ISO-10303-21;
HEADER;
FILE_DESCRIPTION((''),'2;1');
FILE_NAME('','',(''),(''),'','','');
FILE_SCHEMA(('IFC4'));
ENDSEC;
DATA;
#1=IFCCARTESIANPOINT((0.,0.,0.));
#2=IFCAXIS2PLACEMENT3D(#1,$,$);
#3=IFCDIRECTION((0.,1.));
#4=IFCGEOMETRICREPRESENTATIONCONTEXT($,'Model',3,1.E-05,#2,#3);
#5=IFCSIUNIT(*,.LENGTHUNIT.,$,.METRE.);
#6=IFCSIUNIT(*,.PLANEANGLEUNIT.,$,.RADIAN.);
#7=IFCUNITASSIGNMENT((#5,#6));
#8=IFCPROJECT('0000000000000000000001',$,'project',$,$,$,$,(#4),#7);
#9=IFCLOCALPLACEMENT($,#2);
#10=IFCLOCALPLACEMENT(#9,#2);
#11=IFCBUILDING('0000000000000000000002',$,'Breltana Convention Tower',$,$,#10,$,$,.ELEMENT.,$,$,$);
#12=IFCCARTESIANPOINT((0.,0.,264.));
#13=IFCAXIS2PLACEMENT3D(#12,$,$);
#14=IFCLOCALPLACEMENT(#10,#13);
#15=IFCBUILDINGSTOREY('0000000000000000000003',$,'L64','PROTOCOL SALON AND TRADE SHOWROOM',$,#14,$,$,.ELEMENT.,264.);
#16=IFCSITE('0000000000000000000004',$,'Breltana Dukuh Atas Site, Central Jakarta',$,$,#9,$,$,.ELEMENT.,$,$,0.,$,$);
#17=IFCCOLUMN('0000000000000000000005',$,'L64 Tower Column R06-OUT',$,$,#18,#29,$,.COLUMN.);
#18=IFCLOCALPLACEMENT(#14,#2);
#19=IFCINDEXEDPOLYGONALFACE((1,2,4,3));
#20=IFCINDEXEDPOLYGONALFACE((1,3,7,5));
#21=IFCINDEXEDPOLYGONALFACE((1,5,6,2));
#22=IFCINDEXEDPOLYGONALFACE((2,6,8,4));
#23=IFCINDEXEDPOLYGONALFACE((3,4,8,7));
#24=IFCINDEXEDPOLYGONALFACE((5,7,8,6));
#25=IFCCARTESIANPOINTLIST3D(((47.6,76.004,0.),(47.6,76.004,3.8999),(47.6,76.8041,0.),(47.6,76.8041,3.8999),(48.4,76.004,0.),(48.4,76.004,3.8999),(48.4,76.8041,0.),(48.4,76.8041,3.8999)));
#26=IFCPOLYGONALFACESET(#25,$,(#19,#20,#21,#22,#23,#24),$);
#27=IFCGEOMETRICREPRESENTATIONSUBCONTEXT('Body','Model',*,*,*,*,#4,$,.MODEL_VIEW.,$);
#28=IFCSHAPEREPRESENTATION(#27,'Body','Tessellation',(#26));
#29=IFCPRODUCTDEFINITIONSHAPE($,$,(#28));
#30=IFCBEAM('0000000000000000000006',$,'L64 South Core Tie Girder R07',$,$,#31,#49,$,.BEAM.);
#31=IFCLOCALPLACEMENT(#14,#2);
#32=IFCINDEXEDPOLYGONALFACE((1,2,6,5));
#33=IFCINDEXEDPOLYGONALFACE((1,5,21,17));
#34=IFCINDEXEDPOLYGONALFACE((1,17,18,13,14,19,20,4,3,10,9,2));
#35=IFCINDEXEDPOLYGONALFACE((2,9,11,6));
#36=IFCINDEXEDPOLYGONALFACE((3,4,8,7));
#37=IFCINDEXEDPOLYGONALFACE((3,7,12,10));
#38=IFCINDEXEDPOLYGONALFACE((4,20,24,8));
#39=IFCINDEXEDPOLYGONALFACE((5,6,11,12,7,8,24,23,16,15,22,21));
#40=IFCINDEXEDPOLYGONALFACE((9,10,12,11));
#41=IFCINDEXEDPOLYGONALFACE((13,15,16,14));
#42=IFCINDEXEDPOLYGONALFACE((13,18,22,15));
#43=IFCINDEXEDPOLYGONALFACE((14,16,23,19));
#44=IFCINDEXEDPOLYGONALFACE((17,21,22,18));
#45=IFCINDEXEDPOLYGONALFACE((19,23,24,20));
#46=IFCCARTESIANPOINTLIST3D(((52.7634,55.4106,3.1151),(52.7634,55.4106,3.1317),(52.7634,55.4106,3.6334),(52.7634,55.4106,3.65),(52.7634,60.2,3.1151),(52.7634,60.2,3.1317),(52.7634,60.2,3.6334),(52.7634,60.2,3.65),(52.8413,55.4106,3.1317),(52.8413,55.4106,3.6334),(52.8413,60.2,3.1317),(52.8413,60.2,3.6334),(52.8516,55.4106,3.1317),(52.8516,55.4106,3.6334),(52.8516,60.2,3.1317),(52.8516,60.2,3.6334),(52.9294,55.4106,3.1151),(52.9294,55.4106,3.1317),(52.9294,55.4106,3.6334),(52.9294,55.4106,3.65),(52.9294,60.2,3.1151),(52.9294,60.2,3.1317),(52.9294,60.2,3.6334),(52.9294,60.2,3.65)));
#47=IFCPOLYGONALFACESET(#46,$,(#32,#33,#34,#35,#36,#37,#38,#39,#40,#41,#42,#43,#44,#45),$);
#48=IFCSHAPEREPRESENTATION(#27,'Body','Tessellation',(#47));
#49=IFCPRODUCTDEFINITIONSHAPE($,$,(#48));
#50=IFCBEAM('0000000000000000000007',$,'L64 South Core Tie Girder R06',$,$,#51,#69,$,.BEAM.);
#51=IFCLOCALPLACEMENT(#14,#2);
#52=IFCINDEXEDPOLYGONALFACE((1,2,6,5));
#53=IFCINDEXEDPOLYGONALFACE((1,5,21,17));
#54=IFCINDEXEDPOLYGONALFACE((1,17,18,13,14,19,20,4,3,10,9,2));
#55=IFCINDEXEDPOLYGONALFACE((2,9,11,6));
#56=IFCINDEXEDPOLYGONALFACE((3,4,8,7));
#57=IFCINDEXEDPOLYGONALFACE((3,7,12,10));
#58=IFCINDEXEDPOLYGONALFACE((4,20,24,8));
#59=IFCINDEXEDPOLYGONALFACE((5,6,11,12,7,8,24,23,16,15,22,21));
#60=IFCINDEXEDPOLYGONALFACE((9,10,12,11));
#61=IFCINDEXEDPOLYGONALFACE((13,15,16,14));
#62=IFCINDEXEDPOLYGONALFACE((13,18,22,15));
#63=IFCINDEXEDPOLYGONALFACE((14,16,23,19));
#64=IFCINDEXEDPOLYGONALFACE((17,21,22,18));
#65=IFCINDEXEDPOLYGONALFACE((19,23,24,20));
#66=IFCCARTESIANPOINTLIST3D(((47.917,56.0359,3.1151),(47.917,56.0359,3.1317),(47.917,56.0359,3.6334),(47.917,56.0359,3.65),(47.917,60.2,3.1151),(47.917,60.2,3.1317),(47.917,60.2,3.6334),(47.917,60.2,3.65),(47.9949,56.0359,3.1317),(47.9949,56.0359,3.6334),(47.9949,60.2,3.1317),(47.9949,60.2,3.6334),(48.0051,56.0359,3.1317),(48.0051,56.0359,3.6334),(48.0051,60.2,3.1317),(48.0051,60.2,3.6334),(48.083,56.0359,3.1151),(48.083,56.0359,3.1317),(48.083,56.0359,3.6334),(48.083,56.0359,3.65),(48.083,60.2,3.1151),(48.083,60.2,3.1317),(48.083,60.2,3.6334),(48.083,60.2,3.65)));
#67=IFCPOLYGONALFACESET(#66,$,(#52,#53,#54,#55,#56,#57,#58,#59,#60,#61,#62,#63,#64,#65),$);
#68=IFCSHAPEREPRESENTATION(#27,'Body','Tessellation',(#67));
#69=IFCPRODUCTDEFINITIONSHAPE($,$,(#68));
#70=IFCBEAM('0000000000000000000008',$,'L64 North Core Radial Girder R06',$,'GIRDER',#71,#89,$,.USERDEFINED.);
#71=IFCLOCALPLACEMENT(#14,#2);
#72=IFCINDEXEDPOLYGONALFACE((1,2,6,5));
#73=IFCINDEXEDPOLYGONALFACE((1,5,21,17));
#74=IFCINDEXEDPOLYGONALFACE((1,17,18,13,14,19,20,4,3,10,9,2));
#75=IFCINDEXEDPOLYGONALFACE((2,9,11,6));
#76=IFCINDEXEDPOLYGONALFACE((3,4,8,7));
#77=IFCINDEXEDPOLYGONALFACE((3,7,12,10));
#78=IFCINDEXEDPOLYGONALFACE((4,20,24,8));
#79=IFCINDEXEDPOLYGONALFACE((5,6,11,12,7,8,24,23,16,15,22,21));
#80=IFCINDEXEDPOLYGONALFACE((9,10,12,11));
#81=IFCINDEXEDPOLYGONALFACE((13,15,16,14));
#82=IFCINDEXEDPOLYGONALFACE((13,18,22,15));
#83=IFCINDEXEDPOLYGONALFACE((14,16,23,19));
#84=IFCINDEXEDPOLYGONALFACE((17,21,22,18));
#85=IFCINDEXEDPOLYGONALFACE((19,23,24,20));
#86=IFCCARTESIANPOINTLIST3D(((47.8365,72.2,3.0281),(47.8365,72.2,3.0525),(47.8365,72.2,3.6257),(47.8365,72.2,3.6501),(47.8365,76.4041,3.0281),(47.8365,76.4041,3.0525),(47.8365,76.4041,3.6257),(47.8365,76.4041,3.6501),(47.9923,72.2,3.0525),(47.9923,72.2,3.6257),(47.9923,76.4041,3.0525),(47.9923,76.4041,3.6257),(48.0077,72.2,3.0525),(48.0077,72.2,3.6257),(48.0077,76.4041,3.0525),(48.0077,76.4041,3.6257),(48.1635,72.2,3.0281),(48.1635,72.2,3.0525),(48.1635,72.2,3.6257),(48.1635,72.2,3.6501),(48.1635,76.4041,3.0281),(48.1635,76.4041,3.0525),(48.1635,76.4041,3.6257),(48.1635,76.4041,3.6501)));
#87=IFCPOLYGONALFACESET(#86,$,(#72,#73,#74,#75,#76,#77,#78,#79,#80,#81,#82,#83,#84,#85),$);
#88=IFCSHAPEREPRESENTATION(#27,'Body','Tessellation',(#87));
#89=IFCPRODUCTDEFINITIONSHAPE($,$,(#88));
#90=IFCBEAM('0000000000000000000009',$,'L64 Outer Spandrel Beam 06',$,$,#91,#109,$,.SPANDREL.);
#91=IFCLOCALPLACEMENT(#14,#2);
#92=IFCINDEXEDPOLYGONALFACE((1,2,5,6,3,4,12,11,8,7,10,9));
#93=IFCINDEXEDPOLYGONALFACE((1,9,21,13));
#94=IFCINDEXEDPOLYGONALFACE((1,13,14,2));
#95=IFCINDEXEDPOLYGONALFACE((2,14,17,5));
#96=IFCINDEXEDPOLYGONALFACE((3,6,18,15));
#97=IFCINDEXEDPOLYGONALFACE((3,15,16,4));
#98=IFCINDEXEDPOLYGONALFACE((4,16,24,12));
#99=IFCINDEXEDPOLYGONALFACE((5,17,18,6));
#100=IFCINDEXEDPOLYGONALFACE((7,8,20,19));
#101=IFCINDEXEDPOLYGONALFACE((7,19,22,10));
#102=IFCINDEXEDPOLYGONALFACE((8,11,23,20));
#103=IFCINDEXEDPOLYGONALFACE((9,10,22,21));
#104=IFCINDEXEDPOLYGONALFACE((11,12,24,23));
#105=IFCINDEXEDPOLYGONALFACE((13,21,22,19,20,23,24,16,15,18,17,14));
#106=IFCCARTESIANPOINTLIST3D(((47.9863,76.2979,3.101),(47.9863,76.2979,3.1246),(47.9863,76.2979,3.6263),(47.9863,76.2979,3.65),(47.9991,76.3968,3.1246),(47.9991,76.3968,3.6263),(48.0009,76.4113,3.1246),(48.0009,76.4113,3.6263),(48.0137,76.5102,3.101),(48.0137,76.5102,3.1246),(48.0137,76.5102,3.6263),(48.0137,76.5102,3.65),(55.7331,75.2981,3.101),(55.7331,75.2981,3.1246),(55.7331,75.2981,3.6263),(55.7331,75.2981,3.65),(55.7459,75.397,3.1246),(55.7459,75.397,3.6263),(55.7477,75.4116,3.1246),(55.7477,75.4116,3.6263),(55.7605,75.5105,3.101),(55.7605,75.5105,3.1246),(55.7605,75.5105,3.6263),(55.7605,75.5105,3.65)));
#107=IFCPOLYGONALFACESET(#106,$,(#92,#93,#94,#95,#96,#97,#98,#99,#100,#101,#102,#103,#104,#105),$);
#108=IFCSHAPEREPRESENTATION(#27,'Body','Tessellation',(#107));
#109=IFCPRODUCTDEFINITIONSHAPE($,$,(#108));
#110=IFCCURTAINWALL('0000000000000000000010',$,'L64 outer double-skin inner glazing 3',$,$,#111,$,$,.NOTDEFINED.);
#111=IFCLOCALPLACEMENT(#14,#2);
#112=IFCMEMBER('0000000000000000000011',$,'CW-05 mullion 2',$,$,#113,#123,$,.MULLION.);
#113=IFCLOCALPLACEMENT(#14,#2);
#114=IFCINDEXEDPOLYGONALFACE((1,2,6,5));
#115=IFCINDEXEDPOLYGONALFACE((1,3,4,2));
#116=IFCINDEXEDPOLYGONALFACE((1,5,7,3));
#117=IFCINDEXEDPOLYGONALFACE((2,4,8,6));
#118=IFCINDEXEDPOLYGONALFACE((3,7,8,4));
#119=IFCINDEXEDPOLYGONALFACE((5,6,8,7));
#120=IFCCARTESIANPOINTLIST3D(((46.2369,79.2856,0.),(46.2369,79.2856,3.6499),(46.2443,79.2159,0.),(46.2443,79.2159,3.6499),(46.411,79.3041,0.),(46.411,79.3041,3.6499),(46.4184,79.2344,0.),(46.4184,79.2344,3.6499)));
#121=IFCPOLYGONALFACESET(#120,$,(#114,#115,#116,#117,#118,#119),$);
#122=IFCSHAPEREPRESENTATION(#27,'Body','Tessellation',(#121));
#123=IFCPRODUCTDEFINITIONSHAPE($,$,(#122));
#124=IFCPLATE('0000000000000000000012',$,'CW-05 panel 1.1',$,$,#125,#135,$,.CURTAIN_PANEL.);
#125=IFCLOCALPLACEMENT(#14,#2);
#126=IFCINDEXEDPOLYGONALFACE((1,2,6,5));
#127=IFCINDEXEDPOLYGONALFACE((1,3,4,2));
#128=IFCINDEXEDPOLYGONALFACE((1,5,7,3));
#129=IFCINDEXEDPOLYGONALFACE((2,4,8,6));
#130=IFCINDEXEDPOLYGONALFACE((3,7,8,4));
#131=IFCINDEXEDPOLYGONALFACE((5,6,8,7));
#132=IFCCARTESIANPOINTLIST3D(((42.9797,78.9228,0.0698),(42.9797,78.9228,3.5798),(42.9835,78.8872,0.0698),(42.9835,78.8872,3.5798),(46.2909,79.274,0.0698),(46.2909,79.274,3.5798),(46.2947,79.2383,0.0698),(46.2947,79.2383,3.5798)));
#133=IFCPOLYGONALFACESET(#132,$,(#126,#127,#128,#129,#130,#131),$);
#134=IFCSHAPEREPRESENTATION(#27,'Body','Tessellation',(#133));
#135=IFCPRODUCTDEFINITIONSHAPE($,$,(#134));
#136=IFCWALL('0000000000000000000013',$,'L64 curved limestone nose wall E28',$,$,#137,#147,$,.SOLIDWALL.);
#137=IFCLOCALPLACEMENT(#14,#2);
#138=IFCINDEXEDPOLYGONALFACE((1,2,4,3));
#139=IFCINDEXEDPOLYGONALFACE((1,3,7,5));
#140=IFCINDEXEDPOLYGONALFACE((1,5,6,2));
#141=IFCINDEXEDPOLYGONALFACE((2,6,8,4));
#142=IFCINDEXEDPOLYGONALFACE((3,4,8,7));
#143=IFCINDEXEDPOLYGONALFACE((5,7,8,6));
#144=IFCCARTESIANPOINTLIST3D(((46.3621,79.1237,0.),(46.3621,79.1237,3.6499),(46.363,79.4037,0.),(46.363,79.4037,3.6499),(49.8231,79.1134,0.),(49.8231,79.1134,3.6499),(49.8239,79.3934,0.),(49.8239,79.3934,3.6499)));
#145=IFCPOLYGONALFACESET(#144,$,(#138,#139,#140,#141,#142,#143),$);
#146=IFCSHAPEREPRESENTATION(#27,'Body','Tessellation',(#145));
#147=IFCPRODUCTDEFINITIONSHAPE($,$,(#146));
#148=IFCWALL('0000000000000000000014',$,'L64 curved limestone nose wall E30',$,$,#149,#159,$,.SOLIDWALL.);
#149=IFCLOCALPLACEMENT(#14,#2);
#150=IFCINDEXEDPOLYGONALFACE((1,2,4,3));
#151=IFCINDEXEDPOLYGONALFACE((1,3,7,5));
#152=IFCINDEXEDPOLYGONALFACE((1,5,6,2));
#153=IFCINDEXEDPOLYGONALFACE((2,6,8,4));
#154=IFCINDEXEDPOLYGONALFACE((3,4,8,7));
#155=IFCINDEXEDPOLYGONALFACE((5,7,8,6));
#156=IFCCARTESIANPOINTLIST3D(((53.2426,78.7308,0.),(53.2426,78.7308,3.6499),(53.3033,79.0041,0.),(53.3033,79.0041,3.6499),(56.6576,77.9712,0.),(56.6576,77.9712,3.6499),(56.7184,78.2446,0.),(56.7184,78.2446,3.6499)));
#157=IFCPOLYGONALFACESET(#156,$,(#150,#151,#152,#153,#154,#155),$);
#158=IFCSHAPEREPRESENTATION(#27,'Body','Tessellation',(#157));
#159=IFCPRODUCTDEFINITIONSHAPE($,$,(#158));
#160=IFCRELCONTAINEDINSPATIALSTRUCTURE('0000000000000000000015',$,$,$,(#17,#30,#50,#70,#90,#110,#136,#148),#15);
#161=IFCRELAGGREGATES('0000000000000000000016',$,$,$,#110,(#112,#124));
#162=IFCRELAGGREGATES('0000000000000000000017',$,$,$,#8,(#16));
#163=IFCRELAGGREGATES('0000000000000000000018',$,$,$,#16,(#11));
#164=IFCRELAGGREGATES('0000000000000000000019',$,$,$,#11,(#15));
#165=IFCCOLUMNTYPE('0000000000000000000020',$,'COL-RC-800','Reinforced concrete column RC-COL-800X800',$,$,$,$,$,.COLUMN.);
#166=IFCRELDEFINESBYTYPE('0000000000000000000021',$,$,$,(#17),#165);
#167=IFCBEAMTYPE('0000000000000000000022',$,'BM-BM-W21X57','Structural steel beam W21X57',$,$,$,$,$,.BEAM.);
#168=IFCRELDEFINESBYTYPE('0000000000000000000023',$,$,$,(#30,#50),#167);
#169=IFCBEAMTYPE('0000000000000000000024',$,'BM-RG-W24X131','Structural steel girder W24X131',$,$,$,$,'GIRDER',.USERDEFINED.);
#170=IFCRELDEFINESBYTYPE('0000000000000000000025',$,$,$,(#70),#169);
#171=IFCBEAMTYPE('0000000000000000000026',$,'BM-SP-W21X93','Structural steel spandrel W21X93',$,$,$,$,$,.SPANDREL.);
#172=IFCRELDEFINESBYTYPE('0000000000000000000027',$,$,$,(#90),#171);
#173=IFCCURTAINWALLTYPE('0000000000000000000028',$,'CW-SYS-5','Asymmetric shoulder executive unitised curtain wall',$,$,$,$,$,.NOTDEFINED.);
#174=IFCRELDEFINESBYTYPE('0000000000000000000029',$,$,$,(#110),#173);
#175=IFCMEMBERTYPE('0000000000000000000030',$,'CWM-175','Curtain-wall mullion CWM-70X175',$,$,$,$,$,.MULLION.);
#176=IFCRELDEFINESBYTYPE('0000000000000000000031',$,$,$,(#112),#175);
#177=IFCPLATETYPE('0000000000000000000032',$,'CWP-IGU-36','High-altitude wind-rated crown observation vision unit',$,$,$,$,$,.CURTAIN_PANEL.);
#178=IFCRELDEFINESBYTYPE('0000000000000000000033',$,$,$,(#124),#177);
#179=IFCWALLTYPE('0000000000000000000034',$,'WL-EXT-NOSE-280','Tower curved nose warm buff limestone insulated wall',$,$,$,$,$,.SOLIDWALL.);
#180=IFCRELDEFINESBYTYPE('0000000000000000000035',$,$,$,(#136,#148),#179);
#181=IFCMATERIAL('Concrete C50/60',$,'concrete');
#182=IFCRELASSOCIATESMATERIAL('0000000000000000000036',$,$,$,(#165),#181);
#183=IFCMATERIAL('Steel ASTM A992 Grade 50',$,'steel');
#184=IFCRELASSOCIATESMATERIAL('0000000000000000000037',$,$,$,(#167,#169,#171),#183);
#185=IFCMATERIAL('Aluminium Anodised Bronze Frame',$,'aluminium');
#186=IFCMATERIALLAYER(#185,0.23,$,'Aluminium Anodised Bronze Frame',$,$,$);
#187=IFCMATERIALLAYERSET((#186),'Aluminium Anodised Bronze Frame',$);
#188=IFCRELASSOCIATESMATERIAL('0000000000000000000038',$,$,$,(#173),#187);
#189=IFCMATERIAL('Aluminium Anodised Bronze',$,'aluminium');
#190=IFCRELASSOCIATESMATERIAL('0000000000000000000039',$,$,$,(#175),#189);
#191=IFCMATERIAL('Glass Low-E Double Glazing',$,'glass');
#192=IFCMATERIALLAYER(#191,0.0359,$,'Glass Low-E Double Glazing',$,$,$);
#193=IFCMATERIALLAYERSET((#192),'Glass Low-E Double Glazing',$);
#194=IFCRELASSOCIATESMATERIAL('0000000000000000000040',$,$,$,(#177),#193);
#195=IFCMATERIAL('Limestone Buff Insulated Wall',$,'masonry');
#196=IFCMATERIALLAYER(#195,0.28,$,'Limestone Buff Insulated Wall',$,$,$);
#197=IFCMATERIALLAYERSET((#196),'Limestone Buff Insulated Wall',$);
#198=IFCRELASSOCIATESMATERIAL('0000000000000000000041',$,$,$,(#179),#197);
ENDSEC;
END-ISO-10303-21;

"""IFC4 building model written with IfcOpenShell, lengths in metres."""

from ifc_helpers import new_model, si_unit, direction, frame, frame_2d, origin, origin_2d, place, context, subcontext, project, spatial, rectangle, i_section, extrude, source, transform, mapped, material, layer, layer_set, material_profile, profile_set, type_object, element, aggregate, save


model = new_model("IFC4")

# Units and contexts
model_context = context("Model", 3, precision=1e-05, world=origin(), true_north=direction((0.0, 1.0)))
body_context = subcontext(model_context, "Body", "Model", "MODEL_VIEW")
ifc_project = project(units=[si_unit("LENGTHUNIT", "METRE"), si_unit("PLANEANGLEUNIT", "RADIAN")], contexts=[model_context])

# Site, building, storey
site_placement = place(None, origin())
site = spatial("IfcSite", under=ifc_project, at=site_placement, Name="Breltana Dukuh Atas Site, Central Jakarta", CompositionType="ELEMENT", RefElevation=0.0)
building_placement = place(site_placement, origin())
building = spatial("IfcBuilding", under=site, at=building_placement, Name="Breltana Convention Tower", CompositionType="ELEMENT")
storey_placement = place(building_placement, frame((0.0, 0.0, 264.0)))
storey = spatial("IfcBuildingStorey", under=building, at=storey_placement, Name="L64", Description="PROTOCOL SALON AND TRADE SHOWROOM", CompositionType="ELEMENT", Elevation=264.0)

# Column
ifc_material_1 = material(Name="Concrete C50/60", Category="concrete")
ifc_material_profile_1 = material_profile(ifc_material_1, rectangle(XDim=0.8, YDim=0.8, at=origin_2d()), Name="RC-COL-800X800")
ifc_profile_set_1 = profile_set([ifc_material_profile_1], Name="Concrete C50/60")
column_type = type_object("IfcColumnType", Name="COL-RC-800", Description="Reinforced concrete column RC-COL-800X800", PredefinedType="COLUMN", material=ifc_profile_set_1)
shared_shape_1 = source(origin(), body_context, "Body", "SweptSolid", [
    extrude(rectangle(XDim=0.8, YDim=0.8, at=origin_2d()), origin(), (0.0, 0.0, 1.0), 3.8999),
])
column_placement = place(storey_placement, frame((48.0, 76.4041, 0.0), z_axis=(0.0, 0.0, 1.0), x_axis=(0.0, 1.0, 0.0)))
element("IfcColumn", 1, at=column_placement, inside=storey, type_object=column_type, Name="L64 Tower Column R06-OUT", PredefinedType="COLUMN", context=body_context, shape_type="MappedRepresentation", body=[
    mapped(shared_shape_1, transform((0.0, 0.0, 0.0), scale=1.0)),
])

# Beams
ifc_material_2 = material(Name="Steel ASTM A992 Grade 50", Category="steel")
ifc_material_profile_2 = material_profile(ifc_material_2, i_section(OverallWidth=0.166, OverallDepth=0.5349, WebThickness=0.0103, FlangeThickness=0.0166, at=origin_2d()), Name="W21X57")
ifc_profile_set_2 = profile_set([ifc_material_profile_2], Name="Steel ASTM A992 Grade 50")
beam_type_1 = type_object("IfcBeamType", Name="BM-BM-W21X57", Description="Structural steel beam W21X57", PredefinedType="BEAM", material=ifc_profile_set_2)
shared_shape_2 = source(origin(), body_context, "Body", "SweptSolid", [
    extrude(i_section(OverallWidth=0.166, OverallDepth=0.5349, WebThickness=0.0103, FlangeThickness=0.0166, at=origin_2d()), origin(), (0.0, 0.0, 1.0), 4.7893),
])
beam_1_placement = place(storey_placement, frame((52.8464, 60.2, 3.3826), z_axis=(0.0, -1.0, 0.0), x_axis=(1.0, 0.0, 0.0)))
element("IfcBeam", 2, at=beam_1_placement, inside=storey, type_object=beam_type_1, Name="L64 South Core Tie Girder R07", PredefinedType="BEAM", context=body_context, shape_type="MappedRepresentation", body=[
    mapped(shared_shape_2, transform((0.0, 0.0, 0.0), scale=1.0)),
])
shared_shape_3 = source(origin(), body_context, "Body", "SweptSolid", [
    extrude(i_section(OverallWidth=0.166, OverallDepth=0.5349, WebThickness=0.0103, FlangeThickness=0.0166, at=origin_2d()), origin(), (0.0, 0.0, 1.0), 4.1641),
])
beam_2_placement = place(storey_placement, frame((48.0, 60.2, 3.3826), z_axis=(0.0, -1.0, 0.0), x_axis=(1.0, 0.0, 0.0)))
element("IfcBeam", 3, at=beam_2_placement, inside=storey, type_object=beam_type_1, Name="L64 South Core Tie Girder R06", PredefinedType="BEAM", context=body_context, shape_type="MappedRepresentation", body=[
    mapped(shared_shape_3, transform((0.0, 0.0, 0.0), scale=1.0)),
])
ifc_material_profile_3 = material_profile(ifc_material_2, i_section(OverallWidth=0.3269, OverallDepth=0.6221, WebThickness=0.0154, FlangeThickness=0.0244, at=origin_2d()), Name="W24X131")
ifc_profile_set_3 = profile_set([ifc_material_profile_3], Name="Steel ASTM A992 Grade 50")
beam_type_2 = type_object("IfcBeamType", Name="BM-RG-W24X131", Description="Structural steel girder W24X131", ElementType="GIRDER", PredefinedType="USERDEFINED", material=ifc_profile_set_3)
shared_shape_4 = source(origin(), body_context, "Body", "SweptSolid", [
    extrude(i_section(OverallWidth=0.3269, OverallDepth=0.6221, WebThickness=0.0154, FlangeThickness=0.0244, at=origin_2d()), origin(), (0.0, 0.0, 1.0), 4.2041),
])
beam_3_placement = place(storey_placement, frame((48.0, 72.2, 3.3391), z_axis=(0.0, 1.0, 0.0), x_axis=(-1.0, 0.0, 0.0)))
element("IfcBeam", 4, at=beam_3_placement, inside=storey, type_object=beam_type_2, Name="L64 North Core Radial Girder R06", ObjectType="GIRDER", PredefinedType="USERDEFINED", context=body_context, shape_type="MappedRepresentation", body=[
    mapped(shared_shape_4, transform((0.0, 0.0, 0.0), scale=1.0)),
])
ifc_material_profile_4 = material_profile(ifc_material_2, i_section(OverallWidth=0.2141, OverallDepth=0.5491, WebThickness=0.0146, FlangeThickness=0.0237, at=origin_2d()), Name="W21X93")
ifc_profile_set_4 = profile_set([ifc_material_profile_4], Name="Steel ASTM A992 Grade 50")
beam_type_3 = type_object("IfcBeamType", Name="BM-SP-W21X93", Description="Structural steel spandrel W21X93", PredefinedType="SPANDREL", material=ifc_profile_set_4)
shared_shape_5 = source(origin(), body_context, "Body", "SweptSolid", [
    extrude(i_section(OverallWidth=0.2141, OverallDepth=0.5491, WebThickness=0.0146, FlangeThickness=0.0237, at=origin_2d()), origin(), (0.0, 0.0, 1.0), 7.811),
])
beam_4_placement = place(storey_placement, frame((48.0, 76.4041, 3.3755), z_axis=(0.991775, -0.127992, 0.0), x_axis=(0.127992, 0.991775, 0.0)))
element("IfcBeam", 5, at=beam_4_placement, inside=storey, type_object=beam_type_3, Name="L64 Outer Spandrel Beam 06", PredefinedType="SPANDREL", context=body_context, shape_type="MappedRepresentation", body=[
    mapped(shared_shape_5, transform((0.0, 0.0, 0.0), scale=1.0)),
])

# Curtain wall, member, plate
ifc_material_3 = material(Name="Aluminium Anodised Bronze Frame", Category="aluminium")
ifc_layer_1 = layer(ifc_material_3, 0.23, Name="Aluminium Anodised Bronze Frame")
ifc_layer_set_1 = layer_set([ifc_layer_1], Name="Aluminium Anodised Bronze Frame")
curtain_wall_type = type_object("IfcCurtainWallType", Name="CW-SYS-5", Description="Asymmetric shoulder executive unitised curtain wall", PredefinedType="NOTDEFINED", material=ifc_layer_set_1)
curtain_wall_placement = place(storey_placement, origin())
curtain_wall = element("IfcCurtainWall", 6, at=curtain_wall_placement, inside=storey, type_object=curtain_wall_type, Name="L64 outer double-skin inner glazing 3", PredefinedType="NOTDEFINED")
ifc_material_4 = material(Name="Aluminium Anodised Bronze", Category="aluminium")
ifc_material_profile_5 = material_profile(ifc_material_4, rectangle(XDim=0.0701, YDim=0.175, at=origin_2d()), Name="CWM-70X175")
ifc_profile_set_5 = profile_set([ifc_material_profile_5], Name="Aluminium Anodised Bronze")
member_type = type_object("IfcMemberType", Name="CWM-175", Description="Curtain-wall mullion CWM-70X175", PredefinedType="MULLION", material=ifc_profile_set_5)
shared_shape_6 = source(origin(), body_context, "Body", "SweptSolid", [
    extrude(rectangle(XDim=0.0701, YDim=0.175, at=origin_2d()), origin(), (0.0, 0.0, 1.0), 3.6499),
])
member_placement = place(storey_placement, frame((46.3276, 79.26, 0.0), z_axis=(0.0, 0.0, 1.0), x_axis=(-0.105448, 0.994425, 0.0)))
member = element("IfcMember", 7, at=member_placement, type_object=member_type, Name="CW-05 mullion 2", PredefinedType="MULLION", context=body_context, shape_type="MappedRepresentation", body=[
    mapped(shared_shape_6, transform((0.0, 0.0, 0.0), scale=1.0)),
])
ifc_material_5 = material(Name="Glass Low-E Double Glazing", Category="glass")
ifc_layer_2 = layer(ifc_material_5, 0.0359, Name="Glass Low-E Double Glazing")
ifc_layer_set_2 = layer_set([ifc_layer_2], Name="Glass Low-E Double Glazing")
plate_type = type_object("IfcPlateType", Name="CWP-IGU-36", Description="High-altitude wind-rated crown observation vision unit", PredefinedType="CURTAIN_PANEL", material=ifc_layer_set_2)
shared_shape_7 = source(origin(), body_context, "Body", "SweptSolid", [
    extrude(rectangle(XDim=3.3298, YDim=0.0359, at=origin_2d()), origin(), (0.0, 0.0, 1.0), 3.51),
])
plate_placement = place(storey_placement, frame((44.6372, 79.0806, 0.0698), z_axis=(0.0, 0.0, 1.0), x_axis=(0.994425, 0.105448, 0.0)))
plate = element("IfcPlate", 8, at=plate_placement, type_object=plate_type, Name="CW-05 panel 1.1", PredefinedType="CURTAIN_PANEL", context=body_context, shape_type="MappedRepresentation", body=[
    mapped(shared_shape_7, transform((0.0, 0.0, 0.0), scale=1.0)),
])
aggregate(curtain_wall, [member, plate])

# Walls
ifc_material_6 = material(Name="Limestone Buff Insulated Wall", Category="masonry")
ifc_layer_3 = layer(ifc_material_6, 0.28, Name="Limestone Buff Insulated Wall")
ifc_layer_set_3 = layer_set([ifc_layer_3], Name="Limestone Buff Insulated Wall")
wall_type_1 = type_object("IfcWallType", Name="WL-EXT-NOSE-280", Description="Tower curved nose warm buff limestone insulated wall", PredefinedType="SOLIDWALL", material=ifc_layer_set_3)
shared_shape_8 = source(origin(), body_context, "Body", "SweptSolid", [
    extrude(rectangle(XDim=3.4609, YDim=0.28, at=frame_2d((1.7305, 0.0))), origin(), (0.0, 0.0, 1.0), 3.6499),
])
wall_1_placement = place(storey_placement, frame((46.3625, 79.2637, 0.0), z_axis=(0.0, 0.0, 1.0), x_axis=(0.999996, -0.002963, 0.0)))
element("IfcWall", 9, at=wall_1_placement, inside=storey, type_object=wall_type_1, Name="L64 curved limestone nose wall E28", PredefinedType="SOLIDWALL", context=body_context, shape_type="MappedRepresentation", body=[
    mapped(shared_shape_8, transform((0.0, 0.0, 0.0), scale=1.0)),
])
shared_shape_9 = source(origin(), body_context, "Body", "SweptSolid", [
    extrude(rectangle(XDim=3.4985, YDim=0.28, at=frame_2d((1.7493, 0.0))), origin(), (0.0, 0.0, 1.0), 3.6499),
])
wall_2_placement = place(storey_placement, frame((53.2729, 78.8674, 0.0), z_axis=(0.0, 0.0, 1.0), x_axis=(0.976149, -0.2171, 0.0)))
element("IfcWall", 10, at=wall_2_placement, inside=storey, type_object=wall_type_1, Name="L64 curved limestone nose wall E30", PredefinedType="SOLIDWALL", context=body_context, shape_type="MappedRepresentation", body=[
    mapped(shared_shape_9, transform((0.0, 0.0, 0.0), scale=1.0)),
])

save(model, "model.ifc")
